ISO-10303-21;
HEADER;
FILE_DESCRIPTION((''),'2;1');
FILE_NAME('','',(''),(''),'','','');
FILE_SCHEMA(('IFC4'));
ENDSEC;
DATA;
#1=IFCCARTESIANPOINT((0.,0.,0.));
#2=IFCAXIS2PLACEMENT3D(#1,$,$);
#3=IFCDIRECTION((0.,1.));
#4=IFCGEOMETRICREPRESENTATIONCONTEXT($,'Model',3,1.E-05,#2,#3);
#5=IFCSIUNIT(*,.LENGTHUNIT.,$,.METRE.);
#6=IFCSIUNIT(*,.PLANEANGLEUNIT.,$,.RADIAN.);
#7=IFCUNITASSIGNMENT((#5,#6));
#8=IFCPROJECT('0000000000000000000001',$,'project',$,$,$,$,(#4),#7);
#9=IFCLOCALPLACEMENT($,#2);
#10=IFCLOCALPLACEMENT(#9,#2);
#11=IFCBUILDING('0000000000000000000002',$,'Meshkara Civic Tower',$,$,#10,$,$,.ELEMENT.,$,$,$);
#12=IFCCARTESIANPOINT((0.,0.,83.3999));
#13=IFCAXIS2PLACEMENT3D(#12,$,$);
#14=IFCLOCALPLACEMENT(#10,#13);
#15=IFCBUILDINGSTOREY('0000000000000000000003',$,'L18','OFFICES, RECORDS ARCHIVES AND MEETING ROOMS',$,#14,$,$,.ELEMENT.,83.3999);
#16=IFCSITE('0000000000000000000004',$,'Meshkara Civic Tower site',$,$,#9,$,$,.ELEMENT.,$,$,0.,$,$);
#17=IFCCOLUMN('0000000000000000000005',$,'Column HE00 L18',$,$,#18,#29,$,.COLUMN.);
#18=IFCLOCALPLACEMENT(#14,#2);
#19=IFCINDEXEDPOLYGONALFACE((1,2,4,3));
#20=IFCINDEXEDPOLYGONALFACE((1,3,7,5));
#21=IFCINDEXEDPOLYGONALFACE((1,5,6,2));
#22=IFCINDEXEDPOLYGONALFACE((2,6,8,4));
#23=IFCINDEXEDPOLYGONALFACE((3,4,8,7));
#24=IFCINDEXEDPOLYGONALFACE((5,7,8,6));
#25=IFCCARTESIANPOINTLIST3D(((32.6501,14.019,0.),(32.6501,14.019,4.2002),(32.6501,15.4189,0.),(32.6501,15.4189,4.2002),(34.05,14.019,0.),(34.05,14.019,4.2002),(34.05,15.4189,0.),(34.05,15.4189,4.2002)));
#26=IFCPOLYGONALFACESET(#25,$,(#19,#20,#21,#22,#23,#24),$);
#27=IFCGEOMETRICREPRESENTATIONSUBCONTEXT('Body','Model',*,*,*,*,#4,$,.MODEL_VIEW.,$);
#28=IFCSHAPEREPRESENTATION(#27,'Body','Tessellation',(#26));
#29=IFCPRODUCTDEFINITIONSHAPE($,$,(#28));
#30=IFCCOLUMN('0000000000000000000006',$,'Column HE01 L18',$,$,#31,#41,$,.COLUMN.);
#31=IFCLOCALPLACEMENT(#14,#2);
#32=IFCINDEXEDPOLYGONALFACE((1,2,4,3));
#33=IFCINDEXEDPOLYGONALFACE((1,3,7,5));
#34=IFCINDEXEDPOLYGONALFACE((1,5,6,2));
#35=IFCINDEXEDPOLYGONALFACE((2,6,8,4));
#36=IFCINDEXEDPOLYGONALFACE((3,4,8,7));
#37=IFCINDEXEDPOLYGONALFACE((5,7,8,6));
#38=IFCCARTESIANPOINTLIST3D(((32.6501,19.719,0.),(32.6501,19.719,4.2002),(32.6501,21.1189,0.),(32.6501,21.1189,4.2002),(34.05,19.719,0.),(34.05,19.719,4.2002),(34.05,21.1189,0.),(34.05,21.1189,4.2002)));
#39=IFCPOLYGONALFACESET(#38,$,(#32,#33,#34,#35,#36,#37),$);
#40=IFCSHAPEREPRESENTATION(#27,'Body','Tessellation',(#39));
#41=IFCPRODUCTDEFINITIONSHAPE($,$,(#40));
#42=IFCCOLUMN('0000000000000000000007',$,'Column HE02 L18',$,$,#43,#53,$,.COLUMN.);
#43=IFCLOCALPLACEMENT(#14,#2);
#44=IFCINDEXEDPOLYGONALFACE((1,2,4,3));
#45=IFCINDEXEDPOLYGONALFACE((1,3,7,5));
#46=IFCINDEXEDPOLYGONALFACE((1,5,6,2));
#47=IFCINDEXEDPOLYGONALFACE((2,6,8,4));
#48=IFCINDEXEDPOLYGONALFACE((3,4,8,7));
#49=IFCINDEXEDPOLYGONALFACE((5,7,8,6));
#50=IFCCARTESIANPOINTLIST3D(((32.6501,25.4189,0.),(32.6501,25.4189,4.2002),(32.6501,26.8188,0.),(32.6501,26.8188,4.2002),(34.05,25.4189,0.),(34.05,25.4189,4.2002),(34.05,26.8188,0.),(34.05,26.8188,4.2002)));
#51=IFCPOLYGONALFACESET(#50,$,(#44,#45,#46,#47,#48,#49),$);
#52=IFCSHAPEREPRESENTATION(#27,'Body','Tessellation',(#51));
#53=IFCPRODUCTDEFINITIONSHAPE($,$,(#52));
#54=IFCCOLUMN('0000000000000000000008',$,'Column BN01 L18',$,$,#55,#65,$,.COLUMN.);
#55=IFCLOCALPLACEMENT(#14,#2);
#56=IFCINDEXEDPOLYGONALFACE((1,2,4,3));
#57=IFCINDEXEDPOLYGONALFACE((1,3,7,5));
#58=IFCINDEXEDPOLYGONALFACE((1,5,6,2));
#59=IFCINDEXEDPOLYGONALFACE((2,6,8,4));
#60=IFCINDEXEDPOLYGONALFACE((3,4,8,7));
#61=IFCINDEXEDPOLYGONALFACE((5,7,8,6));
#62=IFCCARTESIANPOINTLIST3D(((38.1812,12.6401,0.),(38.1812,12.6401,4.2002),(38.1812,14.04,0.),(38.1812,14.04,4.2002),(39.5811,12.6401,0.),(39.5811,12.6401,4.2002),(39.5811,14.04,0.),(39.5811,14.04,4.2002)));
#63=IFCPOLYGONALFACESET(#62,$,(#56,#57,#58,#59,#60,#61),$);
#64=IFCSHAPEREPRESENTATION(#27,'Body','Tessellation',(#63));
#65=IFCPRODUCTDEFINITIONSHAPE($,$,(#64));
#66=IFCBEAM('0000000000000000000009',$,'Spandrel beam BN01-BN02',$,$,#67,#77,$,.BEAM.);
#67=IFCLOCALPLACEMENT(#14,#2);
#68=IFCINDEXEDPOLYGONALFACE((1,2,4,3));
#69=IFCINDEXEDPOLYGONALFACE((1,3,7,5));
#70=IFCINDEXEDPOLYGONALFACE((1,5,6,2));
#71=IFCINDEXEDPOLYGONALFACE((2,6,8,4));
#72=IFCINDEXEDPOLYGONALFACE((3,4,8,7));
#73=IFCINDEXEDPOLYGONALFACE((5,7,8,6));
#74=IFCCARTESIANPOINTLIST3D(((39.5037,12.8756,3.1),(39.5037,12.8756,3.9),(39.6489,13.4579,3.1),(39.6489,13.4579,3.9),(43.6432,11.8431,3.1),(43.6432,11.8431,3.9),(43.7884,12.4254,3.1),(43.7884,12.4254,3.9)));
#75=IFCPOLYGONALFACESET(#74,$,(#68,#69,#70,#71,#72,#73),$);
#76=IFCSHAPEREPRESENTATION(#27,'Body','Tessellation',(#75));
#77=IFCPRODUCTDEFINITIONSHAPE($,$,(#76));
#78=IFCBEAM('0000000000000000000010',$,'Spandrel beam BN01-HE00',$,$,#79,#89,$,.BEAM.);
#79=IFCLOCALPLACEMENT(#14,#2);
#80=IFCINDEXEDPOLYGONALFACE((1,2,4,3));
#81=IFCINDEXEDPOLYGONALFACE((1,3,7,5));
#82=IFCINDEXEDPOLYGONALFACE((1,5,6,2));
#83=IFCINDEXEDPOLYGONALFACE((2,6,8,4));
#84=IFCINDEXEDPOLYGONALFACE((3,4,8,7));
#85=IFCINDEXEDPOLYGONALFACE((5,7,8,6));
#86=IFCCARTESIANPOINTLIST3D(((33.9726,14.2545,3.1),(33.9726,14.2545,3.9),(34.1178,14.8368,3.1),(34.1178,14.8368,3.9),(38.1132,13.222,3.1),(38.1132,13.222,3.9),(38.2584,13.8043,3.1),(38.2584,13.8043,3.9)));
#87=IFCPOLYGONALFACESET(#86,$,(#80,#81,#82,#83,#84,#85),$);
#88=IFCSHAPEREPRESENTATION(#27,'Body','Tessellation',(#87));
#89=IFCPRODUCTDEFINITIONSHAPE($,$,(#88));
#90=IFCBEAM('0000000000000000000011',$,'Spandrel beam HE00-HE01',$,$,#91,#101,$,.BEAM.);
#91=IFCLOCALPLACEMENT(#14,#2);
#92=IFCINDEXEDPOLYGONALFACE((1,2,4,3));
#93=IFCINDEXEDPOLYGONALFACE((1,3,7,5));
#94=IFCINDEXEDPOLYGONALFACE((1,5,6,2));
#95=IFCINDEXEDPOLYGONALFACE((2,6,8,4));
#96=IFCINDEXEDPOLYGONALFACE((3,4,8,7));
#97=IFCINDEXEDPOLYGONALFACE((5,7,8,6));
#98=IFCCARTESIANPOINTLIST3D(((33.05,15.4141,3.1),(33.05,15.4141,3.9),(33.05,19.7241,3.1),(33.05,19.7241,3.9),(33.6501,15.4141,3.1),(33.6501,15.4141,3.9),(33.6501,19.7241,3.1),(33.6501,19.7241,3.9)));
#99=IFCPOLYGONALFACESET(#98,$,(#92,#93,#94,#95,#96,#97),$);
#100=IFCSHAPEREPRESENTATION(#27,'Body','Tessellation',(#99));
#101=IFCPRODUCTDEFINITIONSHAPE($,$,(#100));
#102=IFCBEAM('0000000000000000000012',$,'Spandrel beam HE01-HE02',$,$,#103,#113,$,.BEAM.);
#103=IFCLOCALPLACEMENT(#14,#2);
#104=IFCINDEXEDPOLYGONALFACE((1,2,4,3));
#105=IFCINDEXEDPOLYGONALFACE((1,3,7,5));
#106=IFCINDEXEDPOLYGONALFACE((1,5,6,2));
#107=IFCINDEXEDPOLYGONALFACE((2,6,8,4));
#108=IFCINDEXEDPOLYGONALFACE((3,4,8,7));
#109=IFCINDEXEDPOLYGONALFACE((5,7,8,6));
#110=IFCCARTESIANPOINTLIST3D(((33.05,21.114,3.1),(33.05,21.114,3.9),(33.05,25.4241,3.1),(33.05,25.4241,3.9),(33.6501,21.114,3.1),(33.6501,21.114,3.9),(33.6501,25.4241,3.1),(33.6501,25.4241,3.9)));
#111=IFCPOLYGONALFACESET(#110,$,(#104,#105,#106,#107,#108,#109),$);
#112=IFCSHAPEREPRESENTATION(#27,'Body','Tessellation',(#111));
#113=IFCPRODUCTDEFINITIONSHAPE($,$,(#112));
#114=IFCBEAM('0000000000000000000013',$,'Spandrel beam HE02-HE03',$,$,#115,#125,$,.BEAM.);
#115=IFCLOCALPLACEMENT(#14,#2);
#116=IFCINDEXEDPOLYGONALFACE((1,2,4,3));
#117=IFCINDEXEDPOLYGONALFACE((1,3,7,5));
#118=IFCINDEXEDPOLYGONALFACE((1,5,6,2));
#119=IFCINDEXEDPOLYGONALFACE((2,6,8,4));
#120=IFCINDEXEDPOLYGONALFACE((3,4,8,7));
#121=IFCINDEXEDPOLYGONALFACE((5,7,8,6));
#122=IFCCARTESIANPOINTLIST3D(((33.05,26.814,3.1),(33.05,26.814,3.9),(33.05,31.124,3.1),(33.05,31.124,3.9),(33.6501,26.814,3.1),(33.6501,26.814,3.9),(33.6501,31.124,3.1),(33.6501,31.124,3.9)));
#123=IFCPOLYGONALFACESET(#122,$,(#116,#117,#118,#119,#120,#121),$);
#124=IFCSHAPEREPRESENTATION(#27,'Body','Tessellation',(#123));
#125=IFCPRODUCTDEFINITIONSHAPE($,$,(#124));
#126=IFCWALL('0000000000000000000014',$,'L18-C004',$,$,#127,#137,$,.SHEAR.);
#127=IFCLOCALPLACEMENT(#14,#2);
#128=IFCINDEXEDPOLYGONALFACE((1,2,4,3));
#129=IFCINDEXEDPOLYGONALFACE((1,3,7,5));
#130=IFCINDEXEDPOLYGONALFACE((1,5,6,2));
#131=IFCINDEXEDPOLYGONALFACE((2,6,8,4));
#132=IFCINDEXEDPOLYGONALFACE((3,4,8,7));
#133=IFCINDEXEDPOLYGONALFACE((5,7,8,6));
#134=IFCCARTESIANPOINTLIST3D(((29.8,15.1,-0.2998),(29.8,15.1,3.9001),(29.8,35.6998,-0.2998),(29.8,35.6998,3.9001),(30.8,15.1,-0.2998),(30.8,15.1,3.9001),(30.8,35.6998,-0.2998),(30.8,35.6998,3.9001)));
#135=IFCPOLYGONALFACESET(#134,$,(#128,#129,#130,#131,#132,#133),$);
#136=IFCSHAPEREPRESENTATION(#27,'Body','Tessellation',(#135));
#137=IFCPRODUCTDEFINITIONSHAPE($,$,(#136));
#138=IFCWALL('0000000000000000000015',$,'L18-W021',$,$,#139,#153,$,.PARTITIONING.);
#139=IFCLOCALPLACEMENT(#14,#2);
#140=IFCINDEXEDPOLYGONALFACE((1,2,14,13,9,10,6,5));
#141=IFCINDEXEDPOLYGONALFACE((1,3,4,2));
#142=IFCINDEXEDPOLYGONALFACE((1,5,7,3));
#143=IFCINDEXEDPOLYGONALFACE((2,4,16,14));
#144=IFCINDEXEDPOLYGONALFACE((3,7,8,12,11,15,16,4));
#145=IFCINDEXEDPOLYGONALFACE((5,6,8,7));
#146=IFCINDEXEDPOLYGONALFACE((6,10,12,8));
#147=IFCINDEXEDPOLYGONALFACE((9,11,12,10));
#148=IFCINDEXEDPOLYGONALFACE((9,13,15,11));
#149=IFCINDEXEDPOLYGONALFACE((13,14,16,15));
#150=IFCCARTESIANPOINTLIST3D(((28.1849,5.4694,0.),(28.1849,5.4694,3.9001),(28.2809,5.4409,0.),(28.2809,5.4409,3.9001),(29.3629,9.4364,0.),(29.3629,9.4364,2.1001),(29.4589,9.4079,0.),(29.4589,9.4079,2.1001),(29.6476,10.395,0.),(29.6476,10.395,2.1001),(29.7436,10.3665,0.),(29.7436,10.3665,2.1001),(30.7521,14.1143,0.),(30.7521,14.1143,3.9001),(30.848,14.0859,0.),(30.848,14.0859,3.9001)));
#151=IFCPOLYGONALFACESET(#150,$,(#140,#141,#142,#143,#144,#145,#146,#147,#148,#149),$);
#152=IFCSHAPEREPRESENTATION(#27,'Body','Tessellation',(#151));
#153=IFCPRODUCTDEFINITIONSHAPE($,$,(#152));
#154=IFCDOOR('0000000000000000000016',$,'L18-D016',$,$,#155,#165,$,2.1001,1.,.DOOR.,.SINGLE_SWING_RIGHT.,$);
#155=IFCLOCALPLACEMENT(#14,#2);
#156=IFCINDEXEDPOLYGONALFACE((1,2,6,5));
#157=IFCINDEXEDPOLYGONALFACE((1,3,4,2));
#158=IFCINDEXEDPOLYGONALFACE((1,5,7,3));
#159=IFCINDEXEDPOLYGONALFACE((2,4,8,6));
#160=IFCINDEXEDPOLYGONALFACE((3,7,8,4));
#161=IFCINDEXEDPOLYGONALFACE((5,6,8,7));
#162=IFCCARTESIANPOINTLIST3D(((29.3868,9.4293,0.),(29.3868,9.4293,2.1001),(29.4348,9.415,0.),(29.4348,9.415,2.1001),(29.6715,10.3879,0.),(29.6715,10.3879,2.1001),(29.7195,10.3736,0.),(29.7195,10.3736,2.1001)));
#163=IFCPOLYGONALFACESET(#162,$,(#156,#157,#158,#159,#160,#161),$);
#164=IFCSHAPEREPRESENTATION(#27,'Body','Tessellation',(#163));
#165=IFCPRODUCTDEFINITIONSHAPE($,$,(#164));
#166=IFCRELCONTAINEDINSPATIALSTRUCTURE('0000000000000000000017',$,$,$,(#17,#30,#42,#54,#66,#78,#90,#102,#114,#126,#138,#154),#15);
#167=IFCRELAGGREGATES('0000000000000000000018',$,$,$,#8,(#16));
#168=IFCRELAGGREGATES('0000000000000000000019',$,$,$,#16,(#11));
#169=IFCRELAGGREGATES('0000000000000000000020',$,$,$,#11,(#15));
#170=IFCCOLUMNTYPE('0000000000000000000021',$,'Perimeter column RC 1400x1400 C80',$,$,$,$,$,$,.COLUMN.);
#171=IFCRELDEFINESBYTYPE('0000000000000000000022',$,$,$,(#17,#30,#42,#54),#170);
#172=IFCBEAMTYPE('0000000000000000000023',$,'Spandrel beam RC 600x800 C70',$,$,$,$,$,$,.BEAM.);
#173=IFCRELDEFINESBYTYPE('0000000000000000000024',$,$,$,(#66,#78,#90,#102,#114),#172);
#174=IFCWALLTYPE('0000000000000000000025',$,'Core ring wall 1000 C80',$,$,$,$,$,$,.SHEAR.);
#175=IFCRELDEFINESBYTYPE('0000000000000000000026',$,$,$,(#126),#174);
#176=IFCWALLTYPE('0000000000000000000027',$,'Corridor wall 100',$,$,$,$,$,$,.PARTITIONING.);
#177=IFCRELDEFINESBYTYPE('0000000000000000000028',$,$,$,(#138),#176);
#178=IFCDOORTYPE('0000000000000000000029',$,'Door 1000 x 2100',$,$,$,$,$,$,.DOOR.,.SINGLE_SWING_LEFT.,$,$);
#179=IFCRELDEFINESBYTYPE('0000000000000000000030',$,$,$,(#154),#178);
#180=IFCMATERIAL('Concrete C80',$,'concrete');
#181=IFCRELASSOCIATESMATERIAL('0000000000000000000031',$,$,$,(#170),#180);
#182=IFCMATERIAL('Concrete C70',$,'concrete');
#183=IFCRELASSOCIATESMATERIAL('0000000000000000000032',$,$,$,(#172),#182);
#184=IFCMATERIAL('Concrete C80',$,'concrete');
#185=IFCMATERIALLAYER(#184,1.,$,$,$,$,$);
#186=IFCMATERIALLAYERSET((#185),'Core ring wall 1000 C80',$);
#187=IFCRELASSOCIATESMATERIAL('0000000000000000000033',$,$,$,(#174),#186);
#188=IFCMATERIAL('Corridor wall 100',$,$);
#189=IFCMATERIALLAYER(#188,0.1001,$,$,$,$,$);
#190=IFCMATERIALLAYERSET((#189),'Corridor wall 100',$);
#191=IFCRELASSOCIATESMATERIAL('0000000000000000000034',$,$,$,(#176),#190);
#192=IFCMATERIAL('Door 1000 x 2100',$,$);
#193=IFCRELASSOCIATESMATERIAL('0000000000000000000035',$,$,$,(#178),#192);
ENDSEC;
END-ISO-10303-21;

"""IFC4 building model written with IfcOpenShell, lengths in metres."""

from ifc_helpers import new_model, si_unit, direction, frame, frame_2d, origin, origin_2d, place, context, subcontext, project, spatial, rectangle, extrude, material, layer, layer_set, material_profile, profile_set, type_object, element, fill, save


model = new_model("IFC4")

# Units and contexts
model_context = context("Model", 3, precision=1e-05, world=origin(), true_north=direction((0.0, 1.0)))
body_context = subcontext(model_context, "Body", "Model", "MODEL_VIEW")
ifc_project = project(units=[si_unit("LENGTHUNIT", "METRE"), si_unit("PLANEANGLEUNIT", "RADIAN")], contexts=[model_context])

# Site, building, storey
site_placement = place(None, origin())
site = spatial("IfcSite", under=ifc_project, at=site_placement, Name="Meshkara Civic Tower site", CompositionType="ELEMENT", RefElevation=0.0)
building_placement = place(site_placement, origin())
building = spatial("IfcBuilding", under=site, at=building_placement, Name="Meshkara Civic Tower", CompositionType="ELEMENT")
storey_placement = place(building_placement, frame((0.0, 0.0, 83.3999)))
storey = spatial("IfcBuildingStorey", under=building, at=storey_placement, Name="L18", Description="OFFICES, RECORDS ARCHIVES AND MEETING ROOMS", CompositionType="ELEMENT", Elevation=83.3999)

# Columns
ifc_material_1 = material(Name="Concrete C80", Category="concrete")
ifc_material_profile_1 = material_profile(ifc_material_1, rectangle(XDim=1.3999, YDim=1.3999, at=origin_2d()))
ifc_profile_set_1 = profile_set([ifc_material_profile_1], Name="Concrete C80")
column_type = type_object("IfcColumnType", Name="Perimeter column RC 1400x1400 C80", PredefinedType="COLUMN", material=ifc_profile_set_1)
for number, where, z_axis, x_axis, name in (
    (1, (33.3501, 14.719, 0.0), (0.0, 0.0, 1.0), (1.0, 0.0, 0.0), "Column HE00 L18"),
    (2, (33.3501, 20.4189, 0.0), (0.0, 0.0, 1.0), (1.0, 0.0, 0.0), "Column HE01 L18"),
    (3, (33.3501, 26.1189, 0.0), (0.0, 0.0, 1.0), (1.0, 0.0, 0.0), "Column HE02 L18"),
    (4, (38.8811, 13.3401, 0.0), (0.0, 0.0, 1.0), (1.0, 0.0, 0.0), "Column BN01 L18"),
):
    element("IfcColumn", number, at=place(storey_placement, frame(where, z_axis=z_axis, x_axis=x_axis)), inside=storey, type_object=column_type, Name=name, PredefinedType="COLUMN", context=body_context, shape_type="SweptSolid", body=[
        extrude(rectangle(XDim=1.3999, YDim=1.3999, at=origin_2d()), origin(), (0.0, 0.0, 1.0), 4.2002),
    ])

# Beams
ifc_material_2 = material(Name="Concrete C70", Category="concrete")
ifc_material_profile_2 = material_profile(ifc_material_2, rectangle(XDim=0.6001, YDim=0.8, at=origin_2d()))
ifc_profile_set_2 = profile_set([ifc_material_profile_2], Name="Concrete C70")
beam_type = type_object("IfcBeamType", Name="Spandrel beam RC 600x800 C70", PredefinedType="BEAM", material=ifc_profile_set_2)
beam_1_placement = place(storey_placement, frame((43.7158, 12.1343, 3.5), z_axis=(-0.970277, 0.241997, 0.0), x_axis=(-0.241997, -0.970277, 0.0)))
element("IfcBeam", 5, at=beam_1_placement, inside=storey, type_object=beam_type, Name="Spandrel beam BN01-BN02", PredefinedType="BEAM", context=body_context, shape_type="SweptSolid", body=[
    extrude(rectangle(XDim=0.6001, YDim=0.8, at=origin_2d()), origin(), (0.0, 0.0, 1.0), 4.2664),
])
beam_2_placement = place(storey_placement, frame((38.1858, 13.5132, 3.5), z_axis=(-0.97029, 0.241943, 0.0), x_axis=(-0.241943, -0.97029, 0.0)))
element("IfcBeam", 6, at=beam_2_placement, inside=storey, type_object=beam_type, Name="Spandrel beam BN01-HE00", PredefinedType="BEAM", context=body_context, shape_type="SweptSolid", body=[
    extrude(rectangle(XDim=0.6001, YDim=0.8, at=origin_2d()), origin(), (0.0, 0.0, 1.0), 4.2673),
])
for number, where, z_axis, x_axis, name in (
    (7, (33.3501, 15.4141, 3.5), (0.0, 1.0, 0.0), (-1.0, 0.0, 0.0), "Spandrel beam HE00-HE01"),
    (8, (33.3501, 21.114, 3.5), (0.0, 1.0, 0.0), (-1.0, 0.0, 0.0), "Spandrel beam HE01-HE02"),
    (9, (33.3501, 26.814, 3.5), (0.0, 1.0, 0.0), (-1.0, 0.0, 0.0), "Spandrel beam HE02-HE03"),
):
    element("IfcBeam", number, at=place(storey_placement, frame(where, z_axis=z_axis, x_axis=x_axis)), inside=storey, type_object=beam_type, Name=name, PredefinedType="BEAM", context=body_context, shape_type="SweptSolid", body=[
        extrude(rectangle(XDim=0.6001, YDim=0.8, at=origin_2d()), origin(), (0.0, 0.0, 1.0), 4.3101),
    ])

# Wall
ifc_material_3 = material(Name="Concrete C80", Category="concrete")
ifc_layer_1 = layer(ifc_material_3, 1.0)
ifc_layer_set_1 = layer_set([ifc_layer_1], Name="Core ring wall 1000 C80")
wall_type_1 = type_object("IfcWallType", Name="Core ring wall 1000 C80", PredefinedType="SHEAR", material=ifc_layer_set_1)
wall_1_placement = place(storey_placement, frame((30.3, 15.1001, -0.2998), z_axis=(0.0, 0.0, 1.0), x_axis=(0.0, 1.0, 0.0)))
element("IfcWall", 10, at=wall_1_placement, inside=storey, type_object=wall_type_1, Name="L18-C004", PredefinedType="SHEAR", context=body_context, shape_type="SweptSolid", body=[
    extrude(rectangle(XDim=20.5999, YDim=1.0, at=frame_2d((10.2998, 0.0))), origin(), (0.0, 0.0, 1.0), 4.2),
])

# Wall, opening, door
ifc_material_4 = material(Name="Corridor wall 100")
ifc_layer_2 = layer(ifc_material_4, 0.1001)
ifc_layer_set_2 = layer_set([ifc_layer_2], Name="Corridor wall 100")
wall_type_2 = type_object("IfcWallType", Name="Corridor wall 100", PredefinedType="PARTITIONING", material=ifc_layer_set_2)
wall_2_placement = place(storey_placement, frame((30.8, 14.1001, 0.0), z_axis=(0.0, 0.0, 1.0), x_axis=(-0.284664, -0.958627, 0.0)))
wall_2 = element("IfcWall", 11, at=wall_2_placement, inside=storey, type_object=wall_type_2, Name="L18-W021", PredefinedType="PARTITIONING", context=body_context, shape_type="SweptSolid", body=[
    extrude(rectangle(XDim=9.0181, YDim=0.1001, at=frame_2d((4.509, 0.0))), origin(), (0.0, 0.0, 1.0), 3.9001),
])
opening_1_placement = place(wall_2_placement, frame((3.8799, 0.0, 0.0)))
opening_1 = element("IfcOpeningElement", 12, at=opening_1_placement, cuts=wall_2, PredefinedType="OPENING", context=body_context, shape_type="SweptSolid", body=[
    extrude(rectangle(XDim=1.0, YDim=2.1001, at=frame_2d((0.5, 1.05))), frame((0.0, 0.0601, 0.0), z_axis=(0.0, -1.0, 0.0), x_axis=(1.0, 0.0, 0.0)), (0.0, 0.0, 1.0), 0.1201),
])
ifc_material_5 = material(Name="Door 1000 x 2100")
door_type_1 = type_object("IfcDoorType", Name="Door 1000 x 2100", OperationType="SINGLE_SWING_LEFT", PredefinedType="DOOR", material=ifc_material_5)
door_1_placement = place(opening_1_placement, origin())
door_1 = element("IfcDoor", 13, at=door_1_placement, inside=storey, type_object=door_type_1, Name="L18-D016", OperationType="SINGLE_SWING_RIGHT", OverallHeight=2.1001, OverallWidth=1.0, PredefinedType="DOOR", context=body_context, shape_type="SweptSolid", body=[
    extrude(rectangle(XDim=1.0, YDim=2.1001, at=frame_2d((0.5, 1.05))), frame((0.0, 0.0249, 0.0), z_axis=(0.0, -1.0, 0.0), x_axis=(1.0, 0.0, 0.0)), (0.0, 0.0, 1.0), 0.05),
])
fill(opening_1, door_1)

save(model, "model.ifc")
